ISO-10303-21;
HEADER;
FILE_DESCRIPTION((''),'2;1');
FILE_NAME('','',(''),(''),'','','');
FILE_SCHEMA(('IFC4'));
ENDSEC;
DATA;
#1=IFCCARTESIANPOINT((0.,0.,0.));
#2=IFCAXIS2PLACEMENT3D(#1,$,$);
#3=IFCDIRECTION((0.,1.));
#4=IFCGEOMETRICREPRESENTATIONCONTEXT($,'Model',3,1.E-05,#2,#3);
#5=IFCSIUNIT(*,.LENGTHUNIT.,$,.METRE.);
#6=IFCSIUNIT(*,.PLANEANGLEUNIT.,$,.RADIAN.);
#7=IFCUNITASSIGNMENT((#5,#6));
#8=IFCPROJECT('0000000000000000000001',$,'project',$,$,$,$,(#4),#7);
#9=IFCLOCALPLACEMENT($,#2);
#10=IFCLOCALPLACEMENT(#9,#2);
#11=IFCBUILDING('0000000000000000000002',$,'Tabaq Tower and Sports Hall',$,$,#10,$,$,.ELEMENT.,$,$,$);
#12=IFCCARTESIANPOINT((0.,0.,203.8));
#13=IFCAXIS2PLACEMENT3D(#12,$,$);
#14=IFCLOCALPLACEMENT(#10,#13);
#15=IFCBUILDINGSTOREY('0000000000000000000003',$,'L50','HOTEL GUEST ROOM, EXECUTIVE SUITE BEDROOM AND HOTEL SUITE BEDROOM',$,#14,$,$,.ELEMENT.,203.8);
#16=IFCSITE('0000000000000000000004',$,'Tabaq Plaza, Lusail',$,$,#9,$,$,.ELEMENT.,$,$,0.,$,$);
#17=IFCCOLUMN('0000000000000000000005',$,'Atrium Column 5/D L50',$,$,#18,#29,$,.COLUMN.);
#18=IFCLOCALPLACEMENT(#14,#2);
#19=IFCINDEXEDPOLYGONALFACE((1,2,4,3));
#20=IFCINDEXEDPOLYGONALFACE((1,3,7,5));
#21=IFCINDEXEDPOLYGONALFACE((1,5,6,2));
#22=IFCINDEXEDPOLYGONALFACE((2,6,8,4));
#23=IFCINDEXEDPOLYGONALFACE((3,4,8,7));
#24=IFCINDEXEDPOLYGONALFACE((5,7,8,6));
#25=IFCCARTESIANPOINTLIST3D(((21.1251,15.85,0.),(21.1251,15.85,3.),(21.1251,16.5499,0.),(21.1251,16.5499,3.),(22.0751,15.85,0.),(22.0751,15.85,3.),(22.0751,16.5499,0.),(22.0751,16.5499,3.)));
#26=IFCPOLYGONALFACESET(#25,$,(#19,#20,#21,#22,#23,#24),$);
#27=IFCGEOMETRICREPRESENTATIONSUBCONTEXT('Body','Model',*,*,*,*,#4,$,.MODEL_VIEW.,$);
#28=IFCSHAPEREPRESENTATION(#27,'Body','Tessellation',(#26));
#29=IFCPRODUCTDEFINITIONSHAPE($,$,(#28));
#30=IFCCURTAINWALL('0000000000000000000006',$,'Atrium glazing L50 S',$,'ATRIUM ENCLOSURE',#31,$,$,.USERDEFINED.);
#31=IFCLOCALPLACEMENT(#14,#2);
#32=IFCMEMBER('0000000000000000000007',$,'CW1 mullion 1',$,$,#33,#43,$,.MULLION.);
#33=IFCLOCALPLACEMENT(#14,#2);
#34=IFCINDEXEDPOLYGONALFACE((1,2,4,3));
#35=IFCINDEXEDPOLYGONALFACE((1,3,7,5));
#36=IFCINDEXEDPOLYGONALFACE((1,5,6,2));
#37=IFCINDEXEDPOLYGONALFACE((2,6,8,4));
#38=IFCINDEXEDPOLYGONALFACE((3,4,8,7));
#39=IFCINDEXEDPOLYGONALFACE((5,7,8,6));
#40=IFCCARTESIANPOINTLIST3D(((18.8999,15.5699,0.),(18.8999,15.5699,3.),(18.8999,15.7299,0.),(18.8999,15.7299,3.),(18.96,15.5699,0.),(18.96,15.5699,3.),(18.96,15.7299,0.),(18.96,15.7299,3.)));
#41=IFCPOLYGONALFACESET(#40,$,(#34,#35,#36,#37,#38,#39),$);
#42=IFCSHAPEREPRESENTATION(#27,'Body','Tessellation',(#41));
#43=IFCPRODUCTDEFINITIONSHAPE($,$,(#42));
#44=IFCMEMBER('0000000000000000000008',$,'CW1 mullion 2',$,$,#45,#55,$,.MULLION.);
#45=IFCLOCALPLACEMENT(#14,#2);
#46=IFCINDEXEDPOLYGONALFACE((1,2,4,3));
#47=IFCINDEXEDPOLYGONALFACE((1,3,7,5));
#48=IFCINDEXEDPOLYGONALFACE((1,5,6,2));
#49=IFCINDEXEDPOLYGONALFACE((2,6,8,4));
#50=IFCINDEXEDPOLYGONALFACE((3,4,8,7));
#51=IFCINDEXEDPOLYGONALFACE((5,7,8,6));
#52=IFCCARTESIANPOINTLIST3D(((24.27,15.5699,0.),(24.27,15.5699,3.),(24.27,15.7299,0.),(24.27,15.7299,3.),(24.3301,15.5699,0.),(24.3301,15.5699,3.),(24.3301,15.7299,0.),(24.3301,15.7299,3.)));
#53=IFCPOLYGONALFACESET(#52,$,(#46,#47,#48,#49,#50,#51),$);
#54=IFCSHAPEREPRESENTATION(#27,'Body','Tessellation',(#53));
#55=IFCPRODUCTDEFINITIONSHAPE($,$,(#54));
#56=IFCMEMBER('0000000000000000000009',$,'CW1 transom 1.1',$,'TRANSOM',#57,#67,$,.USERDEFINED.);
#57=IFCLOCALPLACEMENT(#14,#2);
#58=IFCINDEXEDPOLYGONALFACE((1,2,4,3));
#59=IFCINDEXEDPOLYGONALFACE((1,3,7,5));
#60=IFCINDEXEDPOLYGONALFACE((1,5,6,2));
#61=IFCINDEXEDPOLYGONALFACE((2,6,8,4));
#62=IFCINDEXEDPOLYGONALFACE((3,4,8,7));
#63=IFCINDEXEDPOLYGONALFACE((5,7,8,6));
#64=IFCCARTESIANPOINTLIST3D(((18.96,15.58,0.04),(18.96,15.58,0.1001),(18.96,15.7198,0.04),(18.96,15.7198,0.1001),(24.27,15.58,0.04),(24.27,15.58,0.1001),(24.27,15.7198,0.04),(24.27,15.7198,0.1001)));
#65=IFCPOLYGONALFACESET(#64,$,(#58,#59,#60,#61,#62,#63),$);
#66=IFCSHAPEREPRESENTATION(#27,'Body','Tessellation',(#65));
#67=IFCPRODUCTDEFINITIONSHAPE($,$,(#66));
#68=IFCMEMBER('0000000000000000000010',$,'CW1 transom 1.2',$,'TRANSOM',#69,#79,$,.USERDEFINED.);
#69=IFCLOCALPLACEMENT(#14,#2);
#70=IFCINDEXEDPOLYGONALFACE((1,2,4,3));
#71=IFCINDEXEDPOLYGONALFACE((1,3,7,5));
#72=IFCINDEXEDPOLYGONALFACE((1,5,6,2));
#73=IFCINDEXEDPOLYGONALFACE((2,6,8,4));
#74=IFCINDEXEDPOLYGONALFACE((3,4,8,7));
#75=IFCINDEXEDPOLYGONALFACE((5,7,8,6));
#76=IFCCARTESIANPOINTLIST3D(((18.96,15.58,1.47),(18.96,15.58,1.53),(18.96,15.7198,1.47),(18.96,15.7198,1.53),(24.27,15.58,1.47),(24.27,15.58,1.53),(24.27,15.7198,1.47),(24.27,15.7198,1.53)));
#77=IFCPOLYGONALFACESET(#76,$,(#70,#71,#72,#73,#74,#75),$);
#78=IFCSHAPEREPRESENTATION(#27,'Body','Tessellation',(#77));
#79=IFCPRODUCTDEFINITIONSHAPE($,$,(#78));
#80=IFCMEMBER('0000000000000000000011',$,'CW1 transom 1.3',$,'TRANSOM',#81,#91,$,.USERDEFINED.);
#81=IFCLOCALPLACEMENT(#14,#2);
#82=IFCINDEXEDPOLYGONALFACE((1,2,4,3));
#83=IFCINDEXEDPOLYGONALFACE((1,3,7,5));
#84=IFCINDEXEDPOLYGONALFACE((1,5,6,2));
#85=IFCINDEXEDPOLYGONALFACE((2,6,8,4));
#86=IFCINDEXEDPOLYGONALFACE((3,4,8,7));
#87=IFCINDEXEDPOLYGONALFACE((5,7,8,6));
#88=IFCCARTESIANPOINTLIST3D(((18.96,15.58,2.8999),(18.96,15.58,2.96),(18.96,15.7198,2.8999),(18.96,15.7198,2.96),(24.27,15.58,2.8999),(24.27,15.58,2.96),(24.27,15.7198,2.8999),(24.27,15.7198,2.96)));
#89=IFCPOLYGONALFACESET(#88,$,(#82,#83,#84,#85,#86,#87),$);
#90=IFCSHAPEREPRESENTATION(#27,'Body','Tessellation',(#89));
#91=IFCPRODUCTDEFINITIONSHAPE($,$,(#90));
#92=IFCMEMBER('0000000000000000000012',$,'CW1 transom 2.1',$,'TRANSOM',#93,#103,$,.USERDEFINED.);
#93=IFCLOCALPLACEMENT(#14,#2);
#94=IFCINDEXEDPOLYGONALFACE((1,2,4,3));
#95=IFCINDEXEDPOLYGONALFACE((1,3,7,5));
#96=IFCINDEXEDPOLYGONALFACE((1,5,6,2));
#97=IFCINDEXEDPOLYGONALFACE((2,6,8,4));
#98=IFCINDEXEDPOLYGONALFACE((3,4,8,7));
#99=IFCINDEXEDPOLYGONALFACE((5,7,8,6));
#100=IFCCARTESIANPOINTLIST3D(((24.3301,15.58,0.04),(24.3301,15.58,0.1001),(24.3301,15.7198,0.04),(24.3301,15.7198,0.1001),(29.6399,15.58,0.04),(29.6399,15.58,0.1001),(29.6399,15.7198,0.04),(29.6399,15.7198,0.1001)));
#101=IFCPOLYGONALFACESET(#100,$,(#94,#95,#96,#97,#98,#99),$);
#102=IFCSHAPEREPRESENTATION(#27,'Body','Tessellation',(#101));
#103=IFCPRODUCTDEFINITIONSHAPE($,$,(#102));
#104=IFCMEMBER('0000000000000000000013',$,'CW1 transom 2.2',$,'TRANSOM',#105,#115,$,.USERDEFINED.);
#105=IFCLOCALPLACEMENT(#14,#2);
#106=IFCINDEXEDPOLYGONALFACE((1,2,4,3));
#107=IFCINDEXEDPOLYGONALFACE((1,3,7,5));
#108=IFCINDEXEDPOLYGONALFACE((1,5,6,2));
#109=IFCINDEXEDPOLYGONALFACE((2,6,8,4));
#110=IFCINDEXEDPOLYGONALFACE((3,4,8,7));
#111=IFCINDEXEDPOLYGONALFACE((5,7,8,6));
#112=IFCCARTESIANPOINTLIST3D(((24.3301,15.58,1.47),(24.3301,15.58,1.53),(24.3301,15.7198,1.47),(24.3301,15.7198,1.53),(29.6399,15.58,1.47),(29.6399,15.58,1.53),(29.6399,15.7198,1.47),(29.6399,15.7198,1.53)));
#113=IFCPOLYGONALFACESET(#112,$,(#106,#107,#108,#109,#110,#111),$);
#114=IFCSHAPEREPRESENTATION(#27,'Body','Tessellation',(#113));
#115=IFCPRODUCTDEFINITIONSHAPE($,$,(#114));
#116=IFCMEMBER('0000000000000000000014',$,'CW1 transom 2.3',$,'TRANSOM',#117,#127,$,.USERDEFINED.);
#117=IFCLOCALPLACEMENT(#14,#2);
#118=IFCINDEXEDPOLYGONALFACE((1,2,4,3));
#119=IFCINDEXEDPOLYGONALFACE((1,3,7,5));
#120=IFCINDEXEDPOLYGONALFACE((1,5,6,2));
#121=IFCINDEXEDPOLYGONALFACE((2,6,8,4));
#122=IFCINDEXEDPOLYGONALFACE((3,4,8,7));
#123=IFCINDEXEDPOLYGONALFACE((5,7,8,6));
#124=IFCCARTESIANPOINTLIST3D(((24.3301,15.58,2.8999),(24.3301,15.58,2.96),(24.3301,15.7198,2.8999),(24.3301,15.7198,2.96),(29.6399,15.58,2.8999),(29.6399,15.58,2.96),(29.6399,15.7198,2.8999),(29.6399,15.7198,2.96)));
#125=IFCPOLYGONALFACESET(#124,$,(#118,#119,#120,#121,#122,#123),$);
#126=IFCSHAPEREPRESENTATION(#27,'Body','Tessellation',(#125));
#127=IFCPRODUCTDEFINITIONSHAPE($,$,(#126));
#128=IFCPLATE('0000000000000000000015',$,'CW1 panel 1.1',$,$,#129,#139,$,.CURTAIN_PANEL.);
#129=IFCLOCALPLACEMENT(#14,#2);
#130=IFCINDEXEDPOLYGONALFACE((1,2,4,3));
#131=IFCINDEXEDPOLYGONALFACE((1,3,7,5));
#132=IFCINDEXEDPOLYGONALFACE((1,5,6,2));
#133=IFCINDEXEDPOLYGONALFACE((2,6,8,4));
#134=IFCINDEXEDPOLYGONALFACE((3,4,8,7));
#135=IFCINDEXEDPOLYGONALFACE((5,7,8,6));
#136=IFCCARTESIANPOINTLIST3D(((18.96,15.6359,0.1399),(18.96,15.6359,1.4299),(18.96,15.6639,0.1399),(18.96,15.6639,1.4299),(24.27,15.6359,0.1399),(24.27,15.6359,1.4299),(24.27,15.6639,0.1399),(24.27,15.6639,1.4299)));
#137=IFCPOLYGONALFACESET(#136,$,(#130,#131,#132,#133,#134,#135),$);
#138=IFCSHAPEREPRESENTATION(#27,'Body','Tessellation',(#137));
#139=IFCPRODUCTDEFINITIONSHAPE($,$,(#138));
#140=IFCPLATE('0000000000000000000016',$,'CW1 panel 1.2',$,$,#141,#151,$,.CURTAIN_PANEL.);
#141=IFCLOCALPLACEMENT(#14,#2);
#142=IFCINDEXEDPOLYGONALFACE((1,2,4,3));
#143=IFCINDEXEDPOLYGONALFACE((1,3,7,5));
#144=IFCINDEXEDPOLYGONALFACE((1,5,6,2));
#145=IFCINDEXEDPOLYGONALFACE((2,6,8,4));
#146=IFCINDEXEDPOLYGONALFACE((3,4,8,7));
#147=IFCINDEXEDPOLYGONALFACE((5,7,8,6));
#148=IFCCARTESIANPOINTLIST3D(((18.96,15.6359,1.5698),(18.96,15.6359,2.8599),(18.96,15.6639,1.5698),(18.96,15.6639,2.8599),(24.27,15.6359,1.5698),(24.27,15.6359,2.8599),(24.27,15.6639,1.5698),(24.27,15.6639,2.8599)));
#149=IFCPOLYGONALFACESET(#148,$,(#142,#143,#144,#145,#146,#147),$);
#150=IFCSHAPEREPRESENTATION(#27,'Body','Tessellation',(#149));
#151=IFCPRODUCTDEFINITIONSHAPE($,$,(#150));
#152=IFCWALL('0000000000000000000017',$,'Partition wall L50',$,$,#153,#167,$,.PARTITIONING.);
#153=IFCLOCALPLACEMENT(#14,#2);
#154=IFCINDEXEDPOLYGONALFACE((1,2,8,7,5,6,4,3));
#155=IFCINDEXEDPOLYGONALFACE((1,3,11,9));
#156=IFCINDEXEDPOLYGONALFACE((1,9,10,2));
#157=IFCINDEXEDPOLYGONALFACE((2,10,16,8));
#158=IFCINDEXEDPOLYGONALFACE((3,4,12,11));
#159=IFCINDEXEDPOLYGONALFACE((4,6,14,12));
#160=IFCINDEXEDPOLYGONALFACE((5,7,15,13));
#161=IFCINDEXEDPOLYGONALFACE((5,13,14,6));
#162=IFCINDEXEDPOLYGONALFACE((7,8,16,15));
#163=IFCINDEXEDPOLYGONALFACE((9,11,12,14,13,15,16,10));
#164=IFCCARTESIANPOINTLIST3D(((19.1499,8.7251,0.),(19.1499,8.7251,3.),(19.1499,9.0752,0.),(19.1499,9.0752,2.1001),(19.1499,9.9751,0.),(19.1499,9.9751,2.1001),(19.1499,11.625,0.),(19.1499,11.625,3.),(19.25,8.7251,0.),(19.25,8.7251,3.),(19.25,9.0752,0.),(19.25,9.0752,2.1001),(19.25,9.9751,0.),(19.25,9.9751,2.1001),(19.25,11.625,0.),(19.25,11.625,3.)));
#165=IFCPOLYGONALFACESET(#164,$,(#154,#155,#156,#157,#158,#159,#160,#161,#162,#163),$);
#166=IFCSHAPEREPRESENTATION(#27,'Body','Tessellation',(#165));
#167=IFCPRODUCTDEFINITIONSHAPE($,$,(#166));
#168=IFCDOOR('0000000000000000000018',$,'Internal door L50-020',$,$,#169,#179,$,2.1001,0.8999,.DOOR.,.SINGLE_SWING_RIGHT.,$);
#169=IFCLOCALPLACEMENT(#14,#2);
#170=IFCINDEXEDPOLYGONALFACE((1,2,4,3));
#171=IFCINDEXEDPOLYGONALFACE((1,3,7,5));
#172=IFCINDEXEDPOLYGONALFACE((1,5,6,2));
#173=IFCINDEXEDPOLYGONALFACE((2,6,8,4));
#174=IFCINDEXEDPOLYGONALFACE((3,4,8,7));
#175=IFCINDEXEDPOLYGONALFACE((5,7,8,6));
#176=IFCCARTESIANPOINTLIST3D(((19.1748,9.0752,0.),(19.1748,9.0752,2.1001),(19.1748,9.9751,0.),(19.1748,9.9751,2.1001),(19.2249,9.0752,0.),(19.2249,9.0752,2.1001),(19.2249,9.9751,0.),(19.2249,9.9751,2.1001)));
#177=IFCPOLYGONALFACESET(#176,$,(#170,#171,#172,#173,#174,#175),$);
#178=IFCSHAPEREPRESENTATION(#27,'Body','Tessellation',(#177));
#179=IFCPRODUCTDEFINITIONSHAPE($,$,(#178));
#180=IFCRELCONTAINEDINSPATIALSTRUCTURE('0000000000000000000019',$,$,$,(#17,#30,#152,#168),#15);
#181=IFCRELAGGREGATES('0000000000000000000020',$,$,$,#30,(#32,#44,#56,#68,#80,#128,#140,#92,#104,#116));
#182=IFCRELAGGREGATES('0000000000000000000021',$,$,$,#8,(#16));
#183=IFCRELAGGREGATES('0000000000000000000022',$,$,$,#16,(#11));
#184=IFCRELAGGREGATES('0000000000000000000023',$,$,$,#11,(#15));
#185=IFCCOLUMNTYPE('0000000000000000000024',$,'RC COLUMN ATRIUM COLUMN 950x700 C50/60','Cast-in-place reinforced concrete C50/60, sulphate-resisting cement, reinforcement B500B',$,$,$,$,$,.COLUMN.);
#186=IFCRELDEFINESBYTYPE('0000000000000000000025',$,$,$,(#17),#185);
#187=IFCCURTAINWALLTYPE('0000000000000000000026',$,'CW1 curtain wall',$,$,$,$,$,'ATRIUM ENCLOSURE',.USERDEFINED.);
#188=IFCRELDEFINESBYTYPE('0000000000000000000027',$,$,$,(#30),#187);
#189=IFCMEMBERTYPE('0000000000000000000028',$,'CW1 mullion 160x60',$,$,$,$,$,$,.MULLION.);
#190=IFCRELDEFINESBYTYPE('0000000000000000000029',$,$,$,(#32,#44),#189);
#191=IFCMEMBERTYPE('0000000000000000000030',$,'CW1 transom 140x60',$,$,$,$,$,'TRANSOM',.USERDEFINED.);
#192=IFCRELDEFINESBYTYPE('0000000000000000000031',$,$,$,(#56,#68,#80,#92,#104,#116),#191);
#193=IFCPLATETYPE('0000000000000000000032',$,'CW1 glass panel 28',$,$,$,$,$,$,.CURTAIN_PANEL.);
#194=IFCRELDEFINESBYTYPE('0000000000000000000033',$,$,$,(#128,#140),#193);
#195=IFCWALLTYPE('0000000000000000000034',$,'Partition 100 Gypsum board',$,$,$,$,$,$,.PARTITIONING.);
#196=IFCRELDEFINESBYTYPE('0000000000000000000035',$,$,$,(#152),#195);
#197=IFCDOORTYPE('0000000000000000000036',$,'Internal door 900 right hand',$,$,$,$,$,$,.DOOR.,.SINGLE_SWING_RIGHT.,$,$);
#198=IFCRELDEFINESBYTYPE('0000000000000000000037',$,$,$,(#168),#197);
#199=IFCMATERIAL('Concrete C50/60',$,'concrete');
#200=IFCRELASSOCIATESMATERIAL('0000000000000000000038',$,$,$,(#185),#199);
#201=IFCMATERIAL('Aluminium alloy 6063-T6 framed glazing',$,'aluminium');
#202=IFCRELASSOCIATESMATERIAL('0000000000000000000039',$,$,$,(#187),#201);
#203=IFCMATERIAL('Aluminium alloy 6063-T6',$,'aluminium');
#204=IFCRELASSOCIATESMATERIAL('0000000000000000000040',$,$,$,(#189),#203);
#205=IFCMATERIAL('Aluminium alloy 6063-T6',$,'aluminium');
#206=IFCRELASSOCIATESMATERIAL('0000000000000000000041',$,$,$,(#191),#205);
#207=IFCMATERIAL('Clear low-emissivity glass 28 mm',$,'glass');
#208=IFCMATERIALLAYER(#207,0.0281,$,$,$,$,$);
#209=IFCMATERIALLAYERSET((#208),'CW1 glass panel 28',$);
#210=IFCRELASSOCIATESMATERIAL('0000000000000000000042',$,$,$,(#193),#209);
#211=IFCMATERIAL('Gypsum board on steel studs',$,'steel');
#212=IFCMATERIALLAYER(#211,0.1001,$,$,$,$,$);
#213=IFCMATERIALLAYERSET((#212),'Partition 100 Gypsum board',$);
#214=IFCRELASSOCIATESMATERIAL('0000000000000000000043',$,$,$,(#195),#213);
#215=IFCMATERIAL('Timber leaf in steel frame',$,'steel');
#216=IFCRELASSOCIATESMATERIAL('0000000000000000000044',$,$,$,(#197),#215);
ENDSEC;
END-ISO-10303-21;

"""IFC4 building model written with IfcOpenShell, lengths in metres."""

from ifc_helpers import new_model, si_unit, direction, frame, frame_2d, origin, origin_2d, place, context, subcontext, project, spatial, rectangle, extrude, material, layer, layer_set, material_profile, profile_set, type_object, element, fill, aggregate, save


model = new_model("IFC4")

# Units and contexts
model_context = context("Model", 3, precision=1e-05, world=origin(), true_north=direction((0.0, 1.0)))
body_context = subcontext(model_context, "Body", "Model", "MODEL_VIEW")
ifc_project = project(units=[si_unit("LENGTHUNIT", "METRE"), si_unit("PLANEANGLEUNIT", "RADIAN")], contexts=[model_context])

# Site, building, storey
site_placement = place(None, origin())
site = spatial("IfcSite", under=ifc_project, at=site_placement, Name="Tabaq Plaza, Lusail", CompositionType="ELEMENT", RefElevation=0.0)
building_placement = place(site_placement, origin())
building = spatial("IfcBuilding", under=site, at=building_placement, Name="Tabaq Tower and Sports Hall", CompositionType="ELEMENT")
storey_placement = place(building_placement, frame((0.0, 0.0, 203.8)))
storey = spatial("IfcBuildingStorey", under=building, at=storey_placement, Name="L50", Description="HOTEL GUEST ROOM, EXECUTIVE SUITE BEDROOM AND HOTEL SUITE BEDROOM", CompositionType="ELEMENT", Elevation=203.8)

# Column
ifc_material_1 = material(Name="Concrete C50/60", Category="concrete")
ifc_material_profile_1 = material_profile(ifc_material_1, rectangle(XDim=0.95, YDim=0.7, at=origin_2d()), Name="ATRIUM COLUMN 950x700")
ifc_profile_set_1 = profile_set([ifc_material_profile_1], Name="Concrete C50/60")
column_type = type_object("IfcColumnType", Name="RC COLUMN ATRIUM COLUMN 950x700 C50/60", Description="Cast-in-place reinforced concrete C50/60, sulphate-resisting cement, reinforcement B500B", PredefinedType="COLUMN", material=ifc_profile_set_1)
column_placement = place(storey_placement, frame((21.6001, 16.2, 0.0), z_axis=(0.0, 0.0, 1.0), x_axis=(1.0, 0.0, 0.0)))
element("IfcColumn", 1, at=column_placement, inside=storey, type_object=column_type, Name="Atrium Column 5/D L50", PredefinedType="COLUMN", context=body_context, shape_type="SweptSolid", body=[
    extrude(rectangle(XDim=0.95, YDim=0.7, at=origin_2d()), origin(), (0.0, 0.0, 1.0), 3.0),
])

# Curtain wall, members, plates
ifc_material_2 = material(Name="Aluminium alloy 6063-T6 framed glazing", Category="aluminium")
curtain_wall_type = type_object("IfcCurtainWallType", Name="CW1 curtain wall", ElementType="ATRIUM ENCLOSURE", PredefinedType="USERDEFINED", material=ifc_material_2)
curtain_wall_placement = place(storey_placement, origin())
curtain_wall = element("IfcCurtainWall", 2, at=curtain_wall_placement, inside=storey, type_object=curtain_wall_type, Name="Atrium glazing L50 S", ObjectType="ATRIUM ENCLOSURE", PredefinedType="USERDEFINED")
ifc_material_3 = material(Name="Aluminium alloy 6063-T6", Category="aluminium")
ifc_material_profile_2 = material_profile(ifc_material_3, rectangle(XDim=0.1599, YDim=0.0601, at=origin_2d()), Name="MULLION 160x60")
ifc_profile_set_2 = profile_set([ifc_material_profile_2], Name="Aluminium alloy 6063-T6")
member_type_1 = type_object("IfcMemberType", Name="CW1 mullion 160x60", PredefinedType="MULLION", material=ifc_profile_set_2)
member_1_placement = place(storey_placement, frame((18.9299, 15.6499, 0.0), z_axis=(0.0, 0.0, 1.0), x_axis=(0.0, 1.0, 0.0)))
member_1 = element("IfcMember", 3, at=member_1_placement, type_object=member_type_1, Name="CW1 mullion 1", PredefinedType="MULLION", context=body_context, shape_type="SweptSolid", body=[
    extrude(rectangle(XDim=0.1599, YDim=0.0601, at=origin_2d()), origin(), (0.0, 0.0, 1.0), 3.0),
])
member_2_placement = place(storey_placement, frame((24.3, 15.6499, 0.0), z_axis=(0.0, 0.0, 1.0), x_axis=(0.0, 1.0, 0.0)))
member_2 = element("IfcMember", 4, at=member_2_placement, type_object=member_type_1, Name="CW1 mullion 2", PredefinedType="MULLION", context=body_context, shape_type="SweptSolid", body=[
    extrude(rectangle(XDim=0.1599, YDim=0.0601, at=origin_2d()), origin(), (0.0, 0.0, 1.0), 3.0),
])
ifc_material_4 = material(Name="Aluminium alloy 6063-T6", Category="aluminium")
ifc_material_profile_3 = material_profile(ifc_material_4, rectangle(XDim=0.1399, YDim=0.0601, at=origin_2d()), Name="TRANSOM 140x60")
ifc_profile_set_3 = profile_set([ifc_material_profile_3], Name="Aluminium alloy 6063-T6")
member_type_2 = type_object("IfcMemberType", Name="CW1 transom 140x60", ElementType="TRANSOM", PredefinedType="USERDEFINED", material=ifc_profile_set_3)
member_3_placement = place(storey_placement, frame((18.96, 15.6499, 0.0701), z_axis=(1.0, 0.0, 0.0), x_axis=(0.0, 1.0, 0.0)))
member_3 = element("IfcMember", 5, at=member_3_placement, type_object=member_type_2, Name="CW1 transom 1.1", ObjectType="TRANSOM", PredefinedType="USERDEFINED", context=body_context, shape_type="SweptSolid", body=[
    extrude(rectangle(XDim=0.1399, YDim=0.0601, at=origin_2d()), origin(), (0.0, 0.0, 1.0), 5.3101),
])
member_4_placement = place(storey_placement, frame((18.96, 15.6499, 1.5), z_axis=(1.0, 0.0, 0.0), x_axis=(0.0, 1.0, 0.0)))
member_4 = element("IfcMember", 6, at=member_4_placement, type_object=member_type_2, Name="CW1 transom 1.2", ObjectType="TRANSOM", PredefinedType="USERDEFINED", context=body_context, shape_type="SweptSolid", body=[
    extrude(rectangle(XDim=0.1399, YDim=0.0601, at=origin_2d()), origin(), (0.0, 0.0, 1.0), 5.3101),
])
member_5_placement = place(storey_placement, frame((18.96, 15.6499, 2.9299), z_axis=(1.0, 0.0, 0.0), x_axis=(0.0, 1.0, 0.0)))
member_5 = element("IfcMember", 7, at=member_5_placement, type_object=member_type_2, Name="CW1 transom 1.3", ObjectType="TRANSOM", PredefinedType="USERDEFINED", context=body_context, shape_type="SweptSolid", body=[
    extrude(rectangle(XDim=0.1399, YDim=0.0601, at=origin_2d()), origin(), (0.0, 0.0, 1.0), 5.3101),
])
member_6_placement = place(storey_placement, frame((24.3301, 15.6499, 0.0701), z_axis=(1.0, 0.0, 0.0), x_axis=(0.0, 1.0, 0.0)))
member_6 = element("IfcMember", 8, at=member_6_placement, type_object=member_type_2, Name="CW1 transom 2.1", ObjectType="TRANSOM", PredefinedType="USERDEFINED", context=body_context, shape_type="SweptSolid", body=[
    extrude(rectangle(XDim=0.1399, YDim=0.0601, at=origin_2d()), origin(), (0.0, 0.0, 1.0), 5.3098),
])
member_7_placement = place(storey_placement, frame((24.3301, 15.6499, 1.5), z_axis=(1.0, 0.0, 0.0), x_axis=(0.0, 1.0, 0.0)))
member_7 = element("IfcMember", 9, at=member_7_placement, type_object=member_type_2, Name="CW1 transom 2.2", ObjectType="TRANSOM", PredefinedType="USERDEFINED", context=body_context, shape_type="SweptSolid", body=[
    extrude(rectangle(XDim=0.1399, YDim=0.0601, at=origin_2d()), origin(), (0.0, 0.0, 1.0), 5.3098),
])
member_8_placement = place(storey_placement, frame((24.3301, 15.6499, 2.9299), z_axis=(1.0, 0.0, 0.0), x_axis=(0.0, 1.0, 0.0)))
member_8 = element("IfcMember", 10, at=member_8_placement, type_object=member_type_2, Name="CW1 transom 2.3", ObjectType="TRANSOM", PredefinedType="USERDEFINED", context=body_context, shape_type="SweptSolid", body=[
    extrude(rectangle(XDim=0.1399, YDim=0.0601, at=origin_2d()), origin(), (0.0, 0.0, 1.0), 5.3098),
])
ifc_material_5 = material(Name="Clear low-emissivity glass 28 mm", Category="glass")
ifc_layer_1 = layer(ifc_material_5, 0.0281)
ifc_layer_set_1 = layer_set([ifc_layer_1], Name="CW1 glass panel 28")
plate_type = type_object("IfcPlateType", Name="CW1 glass panel 28", PredefinedType="CURTAIN_PANEL", material=ifc_layer_set_1)
plate_1_placement = place(storey_placement, frame((21.615, 15.6499, 0.1399), z_axis=(0.0, 0.0, 1.0), x_axis=(1.0, 0.0, 0.0)))
plate_1 = element("IfcPlate", 11, at=plate_1_placement, type_object=plate_type, Name="CW1 panel 1.1", PredefinedType="CURTAIN_PANEL", context=body_context, shape_type="SweptSolid", body=[
    extrude(rectangle(XDim=5.3101, YDim=0.0281, at=origin_2d()), origin(), (0.0, 0.0, 1.0), 1.29),
])
plate_2_placement = place(storey_placement, frame((21.615, 15.6499, 1.5698), z_axis=(0.0, 0.0, 1.0), x_axis=(1.0, 0.0, 0.0)))
plate_2 = element("IfcPlate", 12, at=plate_2_placement, type_object=plate_type, Name="CW1 panel 1.2", PredefinedType="CURTAIN_PANEL", context=body_context, shape_type="SweptSolid", body=[
    extrude(rectangle(XDim=5.3101, YDim=0.0281, at=origin_2d()), origin(), (0.0, 0.0, 1.0), 1.29),
])
aggregate(curtain_wall, [member_1, member_2, member_3, member_4, member_5, plate_1, plate_2, member_6, member_7, member_8])

# Wall, opening, door
ifc_material_6 = material(Name="Gypsum board on steel studs", Category="steel")
ifc_layer_2 = layer(ifc_material_6, 0.1001)
ifc_layer_set_2 = layer_set([ifc_layer_2], Name="Partition 100 Gypsum board")
wall_type_1 = type_object("IfcWallType", Name="Partition 100 Gypsum board", PredefinedType="PARTITIONING", material=ifc_layer_set_2)
wall_1_placement = place(storey_placement, frame((19.2, 11.625, 0.0), z_axis=(0.0, 0.0, 1.0), x_axis=(0.0, -1.0, 0.0)))
wall_1 = element("IfcWall", 13, at=wall_1_placement, inside=storey, type_object=wall_type_1, Name="Partition wall L50", PredefinedType="PARTITIONING", context=body_context, shape_type="SweptSolid", body=[
    extrude(rectangle(XDim=2.8999, YDim=0.1001, at=frame_2d((1.45, 0.0))), origin(), (0.0, 0.0, 1.0), 3.0),
])
opening_1_placement = place(wall_1_placement, frame((1.6499, 0.0, 0.0)))
opening_1 = element("IfcOpeningElement", 14, at=opening_1_placement, cuts=wall_1, PredefinedType="OPENING", context=body_context, shape_type="SweptSolid", body=[
    extrude(rectangle(XDim=0.8999, YDim=2.1001, at=frame_2d((0.45, 1.05))), frame((0.0, 0.05, 0.0), z_axis=(0.0, -1.0, 0.0), x_axis=(1.0, 0.0, 0.0)), (0.0, 0.0, 1.0), 0.1001),
])
ifc_material_7 = material(Name="Timber leaf in steel frame", Category="steel")
door_type_1 = type_object("IfcDoorType", Name="Internal door 900 right hand", OperationType="SINGLE_SWING_RIGHT", PredefinedType="DOOR", material=ifc_material_7)
door_1_placement = place(opening_1_placement, origin())
door_1 = element("IfcDoor", 15, at=door_1_placement, inside=storey, type_object=door_type_1, Name="Internal door L50-020", OperationType="SINGLE_SWING_RIGHT", OverallHeight=2.1001, OverallWidth=0.8999, PredefinedType="DOOR", context=body_context, shape_type="SweptSolid", body=[
    extrude(rectangle(XDim=0.8999, YDim=2.1001, at=frame_2d((0.45, 1.05))), frame((0.0, 0.0249, 0.0), z_axis=(0.0, -1.0, 0.0), x_axis=(1.0, 0.0, 0.0)), (0.0, 0.0, 1.0), 0.05),
])
fill(opening_1, door_1)

save(model, "model.ifc")
